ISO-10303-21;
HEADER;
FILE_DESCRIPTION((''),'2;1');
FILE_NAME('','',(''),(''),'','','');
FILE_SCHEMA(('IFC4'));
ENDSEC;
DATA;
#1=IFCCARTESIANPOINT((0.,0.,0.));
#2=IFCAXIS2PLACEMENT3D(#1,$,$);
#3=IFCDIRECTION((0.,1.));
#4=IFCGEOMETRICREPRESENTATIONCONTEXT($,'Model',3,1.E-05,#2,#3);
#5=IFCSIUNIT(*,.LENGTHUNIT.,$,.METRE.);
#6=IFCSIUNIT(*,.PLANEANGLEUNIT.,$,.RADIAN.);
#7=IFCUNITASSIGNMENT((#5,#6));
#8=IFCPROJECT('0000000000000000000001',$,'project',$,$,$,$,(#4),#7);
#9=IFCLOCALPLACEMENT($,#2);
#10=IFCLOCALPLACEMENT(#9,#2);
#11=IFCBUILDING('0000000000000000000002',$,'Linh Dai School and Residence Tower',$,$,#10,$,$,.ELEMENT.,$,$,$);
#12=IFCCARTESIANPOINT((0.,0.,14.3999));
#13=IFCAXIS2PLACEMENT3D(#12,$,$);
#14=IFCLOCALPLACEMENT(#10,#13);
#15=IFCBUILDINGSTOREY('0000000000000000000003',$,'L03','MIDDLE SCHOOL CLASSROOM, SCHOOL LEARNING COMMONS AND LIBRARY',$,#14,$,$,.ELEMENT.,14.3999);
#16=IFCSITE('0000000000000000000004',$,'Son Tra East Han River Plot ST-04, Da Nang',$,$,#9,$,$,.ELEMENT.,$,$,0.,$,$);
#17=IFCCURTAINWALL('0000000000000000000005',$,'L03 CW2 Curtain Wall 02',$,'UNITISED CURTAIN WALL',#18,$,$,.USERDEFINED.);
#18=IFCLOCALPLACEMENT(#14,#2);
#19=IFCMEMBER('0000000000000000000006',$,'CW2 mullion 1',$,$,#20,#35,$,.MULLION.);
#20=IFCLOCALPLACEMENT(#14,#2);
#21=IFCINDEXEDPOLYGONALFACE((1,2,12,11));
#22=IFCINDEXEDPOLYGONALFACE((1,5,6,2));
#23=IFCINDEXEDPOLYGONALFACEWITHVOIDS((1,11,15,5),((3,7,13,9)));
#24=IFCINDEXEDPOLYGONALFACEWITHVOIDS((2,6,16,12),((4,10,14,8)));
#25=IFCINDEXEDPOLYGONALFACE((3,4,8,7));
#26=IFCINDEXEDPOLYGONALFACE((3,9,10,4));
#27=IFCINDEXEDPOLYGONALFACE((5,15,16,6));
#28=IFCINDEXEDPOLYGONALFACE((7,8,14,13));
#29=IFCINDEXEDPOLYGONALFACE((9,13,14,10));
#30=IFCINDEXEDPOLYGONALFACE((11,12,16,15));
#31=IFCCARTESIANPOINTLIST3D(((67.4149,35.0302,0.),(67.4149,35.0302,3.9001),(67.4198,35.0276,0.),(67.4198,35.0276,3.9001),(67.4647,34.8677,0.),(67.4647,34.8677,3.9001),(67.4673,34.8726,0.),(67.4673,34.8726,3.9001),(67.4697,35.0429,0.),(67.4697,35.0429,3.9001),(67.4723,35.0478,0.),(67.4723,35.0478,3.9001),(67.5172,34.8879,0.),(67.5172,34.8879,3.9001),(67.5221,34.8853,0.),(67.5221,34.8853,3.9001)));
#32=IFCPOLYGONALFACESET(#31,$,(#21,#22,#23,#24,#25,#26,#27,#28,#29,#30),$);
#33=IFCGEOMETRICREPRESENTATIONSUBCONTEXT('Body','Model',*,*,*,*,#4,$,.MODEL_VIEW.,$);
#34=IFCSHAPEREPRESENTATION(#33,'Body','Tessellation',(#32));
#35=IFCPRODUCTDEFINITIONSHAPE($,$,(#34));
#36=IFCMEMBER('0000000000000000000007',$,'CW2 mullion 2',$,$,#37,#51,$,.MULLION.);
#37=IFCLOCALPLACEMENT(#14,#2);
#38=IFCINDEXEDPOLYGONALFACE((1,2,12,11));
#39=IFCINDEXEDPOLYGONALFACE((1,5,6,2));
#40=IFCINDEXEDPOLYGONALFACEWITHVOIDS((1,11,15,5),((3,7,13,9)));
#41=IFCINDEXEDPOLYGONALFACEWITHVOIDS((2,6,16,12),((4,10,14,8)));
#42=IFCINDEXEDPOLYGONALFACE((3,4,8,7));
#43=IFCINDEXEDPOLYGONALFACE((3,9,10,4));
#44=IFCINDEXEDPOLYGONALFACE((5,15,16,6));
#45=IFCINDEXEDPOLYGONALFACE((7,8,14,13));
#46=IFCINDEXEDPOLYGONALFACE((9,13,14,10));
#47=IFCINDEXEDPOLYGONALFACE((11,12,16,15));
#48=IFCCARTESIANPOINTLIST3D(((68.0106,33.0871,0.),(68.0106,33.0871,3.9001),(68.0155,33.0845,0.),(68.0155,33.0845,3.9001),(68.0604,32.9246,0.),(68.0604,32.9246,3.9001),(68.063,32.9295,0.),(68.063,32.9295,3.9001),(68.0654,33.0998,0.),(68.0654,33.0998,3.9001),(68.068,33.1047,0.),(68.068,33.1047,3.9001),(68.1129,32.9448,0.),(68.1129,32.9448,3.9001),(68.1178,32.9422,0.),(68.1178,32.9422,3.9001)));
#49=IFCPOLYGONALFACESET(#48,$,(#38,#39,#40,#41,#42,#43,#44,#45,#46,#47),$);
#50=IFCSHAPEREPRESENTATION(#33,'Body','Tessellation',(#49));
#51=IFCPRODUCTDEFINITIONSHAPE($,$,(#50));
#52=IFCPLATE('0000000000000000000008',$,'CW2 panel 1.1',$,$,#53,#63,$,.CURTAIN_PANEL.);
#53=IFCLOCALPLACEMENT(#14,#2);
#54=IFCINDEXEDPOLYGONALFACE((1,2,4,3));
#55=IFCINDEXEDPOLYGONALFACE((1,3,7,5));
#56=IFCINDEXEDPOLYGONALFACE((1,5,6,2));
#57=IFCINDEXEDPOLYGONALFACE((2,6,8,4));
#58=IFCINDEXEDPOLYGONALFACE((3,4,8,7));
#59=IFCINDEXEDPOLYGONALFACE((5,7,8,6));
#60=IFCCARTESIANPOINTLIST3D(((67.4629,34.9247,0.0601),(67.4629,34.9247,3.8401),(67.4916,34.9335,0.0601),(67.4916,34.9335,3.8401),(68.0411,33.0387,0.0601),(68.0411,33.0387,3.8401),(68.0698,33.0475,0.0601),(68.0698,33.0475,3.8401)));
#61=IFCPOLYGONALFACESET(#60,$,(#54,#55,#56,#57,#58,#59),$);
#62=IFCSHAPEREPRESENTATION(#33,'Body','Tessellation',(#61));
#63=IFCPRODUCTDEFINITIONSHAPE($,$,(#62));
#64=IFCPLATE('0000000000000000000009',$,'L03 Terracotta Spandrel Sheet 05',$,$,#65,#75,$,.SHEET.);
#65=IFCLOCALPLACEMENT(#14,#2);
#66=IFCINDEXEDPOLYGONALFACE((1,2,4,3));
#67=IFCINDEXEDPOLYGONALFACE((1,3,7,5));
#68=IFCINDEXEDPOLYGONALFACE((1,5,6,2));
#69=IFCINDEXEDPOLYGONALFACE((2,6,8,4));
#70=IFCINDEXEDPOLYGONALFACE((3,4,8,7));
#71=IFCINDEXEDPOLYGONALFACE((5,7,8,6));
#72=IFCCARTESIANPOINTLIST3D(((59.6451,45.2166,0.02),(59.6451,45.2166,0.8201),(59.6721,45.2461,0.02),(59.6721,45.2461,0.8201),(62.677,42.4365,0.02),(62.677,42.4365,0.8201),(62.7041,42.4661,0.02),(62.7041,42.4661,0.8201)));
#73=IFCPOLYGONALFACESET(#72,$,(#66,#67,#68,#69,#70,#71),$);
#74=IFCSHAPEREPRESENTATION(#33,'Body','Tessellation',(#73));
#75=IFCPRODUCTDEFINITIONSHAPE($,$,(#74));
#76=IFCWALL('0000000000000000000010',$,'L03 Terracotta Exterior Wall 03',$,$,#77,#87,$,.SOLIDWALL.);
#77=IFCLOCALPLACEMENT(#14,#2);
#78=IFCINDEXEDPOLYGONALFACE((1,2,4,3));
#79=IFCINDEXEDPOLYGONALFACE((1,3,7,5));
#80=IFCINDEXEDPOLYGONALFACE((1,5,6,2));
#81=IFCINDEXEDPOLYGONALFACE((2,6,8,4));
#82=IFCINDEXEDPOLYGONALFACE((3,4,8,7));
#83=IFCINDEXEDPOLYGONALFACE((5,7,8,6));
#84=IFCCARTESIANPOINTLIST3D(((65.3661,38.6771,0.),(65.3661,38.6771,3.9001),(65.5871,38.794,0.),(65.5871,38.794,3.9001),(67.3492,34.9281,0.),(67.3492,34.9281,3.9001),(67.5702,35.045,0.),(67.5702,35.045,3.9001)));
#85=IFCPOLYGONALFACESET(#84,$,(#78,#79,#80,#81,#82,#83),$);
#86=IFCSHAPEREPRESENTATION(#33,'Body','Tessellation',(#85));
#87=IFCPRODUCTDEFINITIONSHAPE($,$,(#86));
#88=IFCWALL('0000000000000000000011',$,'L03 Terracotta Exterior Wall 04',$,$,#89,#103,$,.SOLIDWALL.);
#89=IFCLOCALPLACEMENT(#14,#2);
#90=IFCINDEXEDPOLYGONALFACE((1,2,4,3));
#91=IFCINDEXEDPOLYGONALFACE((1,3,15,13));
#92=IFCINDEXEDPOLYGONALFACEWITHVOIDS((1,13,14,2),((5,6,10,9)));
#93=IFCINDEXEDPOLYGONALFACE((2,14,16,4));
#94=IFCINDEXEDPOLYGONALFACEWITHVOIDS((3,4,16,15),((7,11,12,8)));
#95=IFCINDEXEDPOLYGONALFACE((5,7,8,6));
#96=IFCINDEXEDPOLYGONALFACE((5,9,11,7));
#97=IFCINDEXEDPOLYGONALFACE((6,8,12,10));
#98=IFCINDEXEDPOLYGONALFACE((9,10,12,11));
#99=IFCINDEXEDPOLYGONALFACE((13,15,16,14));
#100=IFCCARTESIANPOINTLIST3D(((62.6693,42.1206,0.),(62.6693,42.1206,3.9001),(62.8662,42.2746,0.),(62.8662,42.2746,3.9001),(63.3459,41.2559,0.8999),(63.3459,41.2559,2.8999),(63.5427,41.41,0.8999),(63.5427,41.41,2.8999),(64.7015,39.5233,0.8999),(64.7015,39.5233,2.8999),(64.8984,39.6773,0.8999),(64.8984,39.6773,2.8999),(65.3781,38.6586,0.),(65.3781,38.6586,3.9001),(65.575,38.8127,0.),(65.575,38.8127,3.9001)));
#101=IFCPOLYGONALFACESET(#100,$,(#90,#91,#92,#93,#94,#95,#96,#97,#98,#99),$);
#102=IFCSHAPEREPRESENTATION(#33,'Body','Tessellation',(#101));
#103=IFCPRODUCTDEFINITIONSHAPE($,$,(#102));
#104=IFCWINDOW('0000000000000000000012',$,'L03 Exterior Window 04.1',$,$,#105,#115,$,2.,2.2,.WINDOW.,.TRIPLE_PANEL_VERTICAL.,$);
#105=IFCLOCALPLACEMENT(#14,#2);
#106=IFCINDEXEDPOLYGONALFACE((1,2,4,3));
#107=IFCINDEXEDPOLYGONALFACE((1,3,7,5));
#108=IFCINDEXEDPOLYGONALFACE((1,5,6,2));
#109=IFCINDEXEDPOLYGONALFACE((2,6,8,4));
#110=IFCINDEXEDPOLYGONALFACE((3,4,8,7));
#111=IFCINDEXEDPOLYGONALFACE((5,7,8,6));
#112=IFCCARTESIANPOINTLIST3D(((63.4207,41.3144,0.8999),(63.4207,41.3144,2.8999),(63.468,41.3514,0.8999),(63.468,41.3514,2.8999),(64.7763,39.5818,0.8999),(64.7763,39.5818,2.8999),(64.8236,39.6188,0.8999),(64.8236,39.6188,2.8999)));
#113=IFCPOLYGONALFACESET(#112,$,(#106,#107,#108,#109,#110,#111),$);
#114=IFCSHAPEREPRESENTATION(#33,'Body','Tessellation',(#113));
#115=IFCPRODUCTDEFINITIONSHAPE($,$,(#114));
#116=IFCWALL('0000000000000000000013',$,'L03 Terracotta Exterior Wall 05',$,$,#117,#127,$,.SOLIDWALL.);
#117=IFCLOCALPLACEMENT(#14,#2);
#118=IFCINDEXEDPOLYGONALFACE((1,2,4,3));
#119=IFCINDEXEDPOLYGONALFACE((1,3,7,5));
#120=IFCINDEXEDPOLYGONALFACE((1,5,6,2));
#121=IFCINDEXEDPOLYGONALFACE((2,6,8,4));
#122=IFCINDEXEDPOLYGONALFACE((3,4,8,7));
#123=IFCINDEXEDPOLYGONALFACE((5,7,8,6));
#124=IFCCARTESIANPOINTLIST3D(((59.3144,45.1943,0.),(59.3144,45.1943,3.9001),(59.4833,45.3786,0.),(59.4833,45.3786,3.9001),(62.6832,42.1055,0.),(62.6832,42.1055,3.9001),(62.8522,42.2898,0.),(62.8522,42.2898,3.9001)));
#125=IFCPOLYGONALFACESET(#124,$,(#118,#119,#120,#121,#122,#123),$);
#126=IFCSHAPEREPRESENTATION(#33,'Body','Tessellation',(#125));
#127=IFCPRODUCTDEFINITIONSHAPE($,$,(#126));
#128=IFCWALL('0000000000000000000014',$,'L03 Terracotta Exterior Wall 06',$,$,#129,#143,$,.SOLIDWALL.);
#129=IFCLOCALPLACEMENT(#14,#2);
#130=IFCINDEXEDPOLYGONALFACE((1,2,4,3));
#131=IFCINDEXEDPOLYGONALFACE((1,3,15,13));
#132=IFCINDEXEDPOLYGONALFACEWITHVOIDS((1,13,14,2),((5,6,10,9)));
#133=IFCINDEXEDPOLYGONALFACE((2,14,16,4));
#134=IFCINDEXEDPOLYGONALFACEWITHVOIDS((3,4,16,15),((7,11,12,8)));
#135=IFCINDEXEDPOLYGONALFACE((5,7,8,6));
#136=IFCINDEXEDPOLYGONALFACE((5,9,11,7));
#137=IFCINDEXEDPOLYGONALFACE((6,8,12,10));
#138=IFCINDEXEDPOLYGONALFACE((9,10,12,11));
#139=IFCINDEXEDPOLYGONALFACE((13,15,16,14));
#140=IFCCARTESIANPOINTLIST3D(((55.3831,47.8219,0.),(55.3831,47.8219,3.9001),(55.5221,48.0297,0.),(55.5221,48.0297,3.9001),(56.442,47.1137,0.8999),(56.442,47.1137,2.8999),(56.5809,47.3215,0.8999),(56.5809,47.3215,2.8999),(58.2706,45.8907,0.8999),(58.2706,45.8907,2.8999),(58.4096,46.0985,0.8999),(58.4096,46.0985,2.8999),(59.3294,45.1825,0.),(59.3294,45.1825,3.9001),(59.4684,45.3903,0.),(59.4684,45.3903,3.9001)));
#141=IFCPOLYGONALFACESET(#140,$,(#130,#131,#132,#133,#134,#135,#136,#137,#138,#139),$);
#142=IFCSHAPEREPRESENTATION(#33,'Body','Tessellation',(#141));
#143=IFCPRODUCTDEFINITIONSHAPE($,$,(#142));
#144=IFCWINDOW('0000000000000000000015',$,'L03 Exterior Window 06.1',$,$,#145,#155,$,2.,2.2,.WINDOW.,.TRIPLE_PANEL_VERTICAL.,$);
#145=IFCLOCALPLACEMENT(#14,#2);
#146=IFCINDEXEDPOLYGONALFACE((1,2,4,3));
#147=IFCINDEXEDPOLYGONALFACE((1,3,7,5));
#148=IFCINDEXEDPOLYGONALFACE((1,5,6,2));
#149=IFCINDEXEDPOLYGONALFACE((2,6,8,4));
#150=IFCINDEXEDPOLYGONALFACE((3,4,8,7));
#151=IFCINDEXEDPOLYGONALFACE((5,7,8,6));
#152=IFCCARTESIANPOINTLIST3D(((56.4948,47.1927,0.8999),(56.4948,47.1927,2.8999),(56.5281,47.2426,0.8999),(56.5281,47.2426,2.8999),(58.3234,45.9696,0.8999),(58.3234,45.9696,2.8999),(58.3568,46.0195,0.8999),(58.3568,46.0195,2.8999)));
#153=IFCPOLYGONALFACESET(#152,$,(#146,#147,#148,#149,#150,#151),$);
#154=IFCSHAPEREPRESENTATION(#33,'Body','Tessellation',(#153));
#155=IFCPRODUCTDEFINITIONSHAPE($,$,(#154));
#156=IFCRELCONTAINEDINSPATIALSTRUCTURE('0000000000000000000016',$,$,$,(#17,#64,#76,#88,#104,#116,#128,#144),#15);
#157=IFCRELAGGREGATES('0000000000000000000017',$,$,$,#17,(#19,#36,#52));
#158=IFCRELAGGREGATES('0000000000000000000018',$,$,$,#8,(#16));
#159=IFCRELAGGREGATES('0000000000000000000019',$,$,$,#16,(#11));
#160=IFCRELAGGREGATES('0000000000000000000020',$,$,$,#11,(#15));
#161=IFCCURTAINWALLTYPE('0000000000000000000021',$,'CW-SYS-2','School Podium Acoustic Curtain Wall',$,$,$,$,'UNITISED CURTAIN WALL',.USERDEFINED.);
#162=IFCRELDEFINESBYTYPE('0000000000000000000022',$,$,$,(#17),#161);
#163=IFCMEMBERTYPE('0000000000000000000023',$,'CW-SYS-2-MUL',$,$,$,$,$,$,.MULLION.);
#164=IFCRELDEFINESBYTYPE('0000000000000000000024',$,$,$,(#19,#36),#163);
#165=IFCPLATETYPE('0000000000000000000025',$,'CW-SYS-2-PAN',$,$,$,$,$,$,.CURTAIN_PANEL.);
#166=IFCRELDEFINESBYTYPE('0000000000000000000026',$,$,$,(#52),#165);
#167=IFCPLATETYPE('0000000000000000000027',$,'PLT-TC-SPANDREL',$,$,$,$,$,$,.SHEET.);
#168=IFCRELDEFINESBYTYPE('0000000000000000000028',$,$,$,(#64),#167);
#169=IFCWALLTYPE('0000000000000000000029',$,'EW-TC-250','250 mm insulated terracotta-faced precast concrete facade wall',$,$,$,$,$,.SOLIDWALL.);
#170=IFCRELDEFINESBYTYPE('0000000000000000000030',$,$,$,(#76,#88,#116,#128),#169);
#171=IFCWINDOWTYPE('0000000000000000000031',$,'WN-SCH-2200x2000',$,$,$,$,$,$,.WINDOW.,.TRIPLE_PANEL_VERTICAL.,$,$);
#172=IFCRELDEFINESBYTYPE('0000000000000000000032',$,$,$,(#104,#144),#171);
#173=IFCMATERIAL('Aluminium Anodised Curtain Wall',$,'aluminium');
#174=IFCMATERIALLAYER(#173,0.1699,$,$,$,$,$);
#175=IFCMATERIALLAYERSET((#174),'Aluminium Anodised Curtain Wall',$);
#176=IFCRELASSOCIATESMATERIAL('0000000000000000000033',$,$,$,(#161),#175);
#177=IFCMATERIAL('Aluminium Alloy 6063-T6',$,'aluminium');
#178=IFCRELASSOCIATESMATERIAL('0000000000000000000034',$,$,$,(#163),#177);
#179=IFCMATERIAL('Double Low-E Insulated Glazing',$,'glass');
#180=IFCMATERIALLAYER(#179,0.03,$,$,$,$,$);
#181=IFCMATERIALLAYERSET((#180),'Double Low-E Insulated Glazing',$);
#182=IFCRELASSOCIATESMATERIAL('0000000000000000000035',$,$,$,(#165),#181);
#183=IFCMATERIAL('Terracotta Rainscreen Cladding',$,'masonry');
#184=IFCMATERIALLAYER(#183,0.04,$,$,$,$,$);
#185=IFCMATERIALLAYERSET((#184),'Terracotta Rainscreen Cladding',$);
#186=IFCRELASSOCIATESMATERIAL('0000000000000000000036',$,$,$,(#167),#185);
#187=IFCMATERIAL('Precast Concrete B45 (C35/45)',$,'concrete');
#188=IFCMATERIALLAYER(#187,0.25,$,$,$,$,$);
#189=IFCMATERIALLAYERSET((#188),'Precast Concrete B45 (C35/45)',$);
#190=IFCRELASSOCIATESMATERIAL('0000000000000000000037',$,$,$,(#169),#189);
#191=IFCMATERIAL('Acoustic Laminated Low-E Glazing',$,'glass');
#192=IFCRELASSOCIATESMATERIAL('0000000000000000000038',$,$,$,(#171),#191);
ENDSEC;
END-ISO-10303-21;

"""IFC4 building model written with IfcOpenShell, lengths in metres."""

from ifc_helpers import new_model, si_unit, direction, frame, frame_2d, origin, origin_2d, place, context, subcontext, project, spatial, rectangle, hollow_rectangle, extrude, source, transform, mapped, material, layer, layer_set, material_profile, profile_set, type_object, element, fill, aggregate, save


model = new_model("IFC4")

# Units and contexts
model_context = context("Model", 3, precision=1e-05, world=origin(), true_north=direction((0.0, 1.0)))
body_context = subcontext(model_context, "Body", "Model", "MODEL_VIEW")
ifc_project = project(units=[si_unit("LENGTHUNIT", "METRE"), si_unit("PLANEANGLEUNIT", "RADIAN")], contexts=[model_context])

# Site, building, storey
site_placement = place(None, origin())
site = spatial("IfcSite", under=ifc_project, at=site_placement, Name="Son Tra East Han River Plot ST-04, Da Nang", CompositionType="ELEMENT", RefElevation=0.0)
building_placement = place(site_placement, origin())
building = spatial("IfcBuilding", under=site, at=building_placement, Name="Linh Dai School and Residence Tower", CompositionType="ELEMENT")
storey_placement = place(building_placement, frame((0.0, 0.0, 14.3999)))
storey = spatial("IfcBuildingStorey", under=building, at=storey_placement, Name="L03", Description="MIDDLE SCHOOL CLASSROOM, SCHOOL LEARNING COMMONS AND LIBRARY", CompositionType="ELEMENT", Elevation=14.3999)

# Curtain wall, members, plate
ifc_material_1 = material(Name="Aluminium Anodised Curtain Wall", Category="aluminium")
ifc_layer_1 = layer(ifc_material_1, 0.1699)
ifc_layer_set_1 = layer_set([ifc_layer_1], Name="Aluminium Anodised Curtain Wall")
curtain_wall_type = type_object("IfcCurtainWallType", Name="CW-SYS-2", Description="School Podium Acoustic Curtain Wall", ElementType="UNITISED CURTAIN WALL", PredefinedType="USERDEFINED", material=ifc_layer_set_1)
curtain_wall_placement = place(storey_placement, origin())
curtain_wall = element("IfcCurtainWall", 1, at=curtain_wall_placement, inside=storey, type_object=curtain_wall_type, Name="L03 CW2 Curtain Wall 02", ObjectType="UNITISED CURTAIN WALL", PredefinedType="USERDEFINED")
ifc_material_2 = material(Name="Aluminium Alloy 6063-T6", Category="aluminium")
ifc_material_profile_1 = material_profile(ifc_material_2, hollow_rectangle(XDim=0.0601, YDim=0.1699, WallThickness=0.0039, at=origin_2d()), Name="RHS 170x60x4")
ifc_profile_set_1 = profile_set([ifc_material_profile_1], Name="Aluminium Alloy 6063-T6")
member_type_1 = type_object("IfcMemberType", Name="CW-SYS-2-MUL", PredefinedType="MULLION", material=ifc_profile_set_1)
shared_shape_1 = source(origin(), body_context, "Body", "SweptSolid", [
    extrude(hollow_rectangle(XDim=0.0601, YDim=0.1699, WallThickness=0.0039, at=origin_2d()), origin(), (0.0, 0.0, 1.0), 3.9001),
])
member_1_placement = place(storey_placement, frame((67.4685, 34.9578, 0.0), z_axis=(0.0, 0.0, 1.0), x_axis=(0.956081, 0.293104, 0.0)))
member_1 = element("IfcMember", 2, at=member_1_placement, type_object=member_type_1, Name="CW2 mullion 1", PredefinedType="MULLION", context=body_context, shape_type="MappedRepresentation", body=[
    mapped(shared_shape_1, transform((0.0, 0.0, 0.0), x_axis=(1.0, 0.0, 0.0), y_axis=(0.0, 1.0, 0.0), z_axis=(0.0, 0.0, 1.0), scale=1.0)),
])
member_2_placement = place(storey_placement, frame((68.0642, 33.0146, 0.0), z_axis=(0.0, 0.0, 1.0), x_axis=(0.956081, 0.293104, 0.0)))
member_2 = element("IfcMember", 3, at=member_2_placement, type_object=member_type_1, Name="CW2 mullion 2", PredefinedType="MULLION", context=body_context, shape_type="MappedRepresentation", body=[
    mapped(shared_shape_1, transform((0.0, 0.0, 0.0), x_axis=(1.0, 0.0, 0.0), y_axis=(0.0, 1.0, 0.0), z_axis=(0.0, 0.0, 1.0), scale=1.0)),
])
ifc_material_3 = material(Name="Double Low-E Insulated Glazing", Category="glass")
ifc_layer_2 = layer(ifc_material_3, 0.03)
ifc_layer_set_2 = layer_set([ifc_layer_2], Name="Double Low-E Insulated Glazing")
plate_type_1 = type_object("IfcPlateType", Name="CW-SYS-2-PAN", PredefinedType="CURTAIN_PANEL", material=ifc_layer_set_2)
shared_shape_2 = source(origin(), body_context, "Body", "SweptSolid", [
    extrude(rectangle(XDim=1.9727, YDim=0.03, at=origin_2d()), origin(), (0.0, 0.0, 1.0), 3.78),
])
plate_1_placement = place(storey_placement, frame((67.7664, 33.9861, 0.0601), z_axis=(0.0, 0.0, 1.0), x_axis=(0.293104, -0.956081, 0.0)))
plate_1 = element("IfcPlate", 4, at=plate_1_placement, type_object=plate_type_1, Name="CW2 panel 1.1", PredefinedType="CURTAIN_PANEL", context=body_context, shape_type="MappedRepresentation", body=[
    mapped(shared_shape_2, transform((0.0, 0.0, 0.0), x_axis=(1.0, 0.0, 0.0), y_axis=(0.0, 1.0, 0.0), z_axis=(0.0, 0.0, 1.0), scale=1.0)),
])
aggregate(curtain_wall, [member_1, member_2, plate_1])

# Plate
ifc_material_4 = material(Name="Terracotta Rainscreen Cladding", Category="masonry")
ifc_layer_3 = layer(ifc_material_4, 0.04)
ifc_layer_set_3 = layer_set([ifc_layer_3], Name="Terracotta Rainscreen Cladding")
plate_type_2 = type_object("IfcPlateType", Name="PLT-TC-SPANDREL", PredefinedType="SHEET", material=ifc_layer_set_3)
shared_shape_3 = source(origin(), body_context, "Body", "SweptSolid", [
    extrude(rectangle(XDim=4.1135, YDim=0.04, at=origin_2d()), origin(), (0.0, 0.0, 1.0), 0.8),
])
plate_2_placement = place(storey_placement, frame((61.1746, 43.8413, 0.02), z_axis=(0.0, 0.0, 1.0), x_axis=(0.737063, -0.675824, 0.0)))
element("IfcPlate", 5, at=plate_2_placement, inside=storey, type_object=plate_type_2, Name="L03 Terracotta Spandrel Sheet 05", PredefinedType="SHEET", context=body_context, shape_type="MappedRepresentation", body=[
    mapped(shared_shape_3, transform((0.0, 0.0, 0.0), x_axis=(1.0, 0.0, 0.0), y_axis=(0.0, 1.0, 0.0), z_axis=(0.0, 0.0, 1.0), scale=1.0)),
])

# Wall
ifc_material_5 = material(Name="Precast Concrete B45 (C35/45)", Category="concrete")
ifc_layer_4 = layer(ifc_material_5, 0.25)
ifc_layer_set_4 = layer_set([ifc_layer_4], Name="Precast Concrete B45 (C35/45)")
wall_type_1 = type_object("IfcWallType", Name="EW-TC-250", Description="250 mm insulated terracotta-faced precast concrete facade wall", PredefinedType="SOLIDWALL", material=ifc_layer_set_4)
wall_1_placement = place(storey_placement, frame((65.4766, 38.7356, 0.0), z_axis=(0.0, 0.0, 1.0), x_axis=(0.467589, -0.883946, 0.0)))
element("IfcWall", 6, at=wall_1_placement, inside=storey, type_object=wall_type_1, Name="L03 Terracotta Exterior Wall 03", PredefinedType="SOLIDWALL", context=body_context, shape_type="SweptSolid", body=[
    extrude(rectangle(XDim=4.2412, YDim=0.25, at=frame_2d((2.1206, 0.0))), origin(), (0.0, 0.0, 1.0), 3.9001),
])

# Wall, opening, window
wall_2_placement = place(storey_placement, frame((62.7678, 42.1975, 0.0), z_axis=(0.0, 0.0, 1.0), x_axis=(0.616226, -0.787569, 0.0)))
wall_2 = element("IfcWall", 7, at=wall_2_placement, inside=storey, type_object=wall_type_1, Name="L03 Terracotta Exterior Wall 04", PredefinedType="SOLIDWALL", context=body_context, shape_type="SweptSolid", body=[
    extrude(rectangle(XDim=4.3958, YDim=0.25, at=frame_2d((2.1978, 0.0))), origin(), (0.0, 0.0, 1.0), 3.9001),
])
opening_1_placement = place(wall_2_placement, frame((1.0977, 0.0, 0.8999)))
opening_1 = element("IfcOpeningElement", 8, at=opening_1_placement, cuts=wall_2, PredefinedType="OPENING", context=body_context, shape_type="SweptSolid", body=[
    extrude(rectangle(XDim=2.2, YDim=2.0, at=origin_2d()), frame((1.1001, 0.135, 1.0), z_axis=(0.0, -1.0, 0.0), x_axis=(1.0, 0.0, 0.0)), (0.0, 0.0, 1.0), 0.27),
])
ifc_material_6 = material(Name="Acoustic Laminated Low-E Glazing", Category="glass")
window_type_1 = type_object("IfcWindowType", Name="WN-SCH-2200x2000", PartitioningType="TRIPLE_PANEL_VERTICAL", PredefinedType="WINDOW", material=ifc_material_6)
shared_shape_4 = source(origin(), body_context, "Body", "SweptSolid", [
    extrude(rectangle(XDim=2.2, YDim=2.0, at=origin_2d()), frame((1.1001, 0.03, 1.0), z_axis=(0.0, -1.0, 0.0), x_axis=(1.0, 0.0, 0.0)), (0.0, 0.0, 1.0), 0.0601),
])
window_1_placement = place(opening_1_placement, origin())
window_1 = element("IfcWindow", 9, at=window_1_placement, inside=storey, type_object=window_type_1, Name="L03 Exterior Window 04.1", OverallHeight=2.0, OverallWidth=2.2, PartitioningType="TRIPLE_PANEL_VERTICAL", PredefinedType="WINDOW", context=body_context, shape_type="MappedRepresentation", body=[
    mapped(shared_shape_4, transform((0.0, 0.0, 0.0), x_axis=(1.0, 0.0, 0.0), y_axis=(0.0, 1.0, 0.0), z_axis=(0.0, 0.0, 1.0), scale=1.0)),
])
fill(opening_1, window_1)

# Wall
wall_3_placement = place(storey_placement, frame((59.3989, 45.2864, 0.0), z_axis=(0.0, 0.0, 1.0), x_axis=(0.737077, -0.675809, 0.0)))
element("IfcWall", 10, at=wall_3_placement, inside=storey, type_object=wall_type_1, Name="L03 Terracotta Exterior Wall 05", PredefinedType="SOLIDWALL", context=body_context, shape_type="SweptSolid", body=[
    extrude(rectangle(XDim=4.5706, YDim=0.25, at=frame_2d((2.2852, 0.0))), origin(), (0.0, 0.0, 1.0), 3.9001),
])

# Wall, opening, window
wall_4_placement = place(storey_placement, frame((55.4526, 47.9258, 0.0), z_axis=(0.0, 0.0, 1.0), x_axis=(0.831219, -0.555946, 0.0)))
wall_4 = element("IfcWall", 11, at=wall_4_placement, inside=storey, type_object=wall_type_1, Name="L03 Terracotta Exterior Wall 06", PredefinedType="SOLIDWALL", context=body_context, shape_type="SweptSolid", body=[
    extrude(rectangle(XDim=4.7476, YDim=0.25, at=frame_2d((2.3738, 0.0))), origin(), (0.0, 0.0, 1.0), 3.9001),
])
opening_2_placement = place(wall_4_placement, frame((1.2737, 0.0, 0.8999)))
opening_2 = element("IfcOpeningElement", 12, at=opening_2_placement, cuts=wall_4, PredefinedType="OPENING", context=body_context, shape_type="SweptSolid", body=[
    extrude(rectangle(XDim=2.2, YDim=2.0, at=origin_2d()), frame((1.1001, 0.135, 1.0), z_axis=(0.0, -1.0, 0.0), x_axis=(1.0, 0.0, 0.0)), (0.0, 0.0, 1.0), 0.27),
])
window_2_placement = place(opening_2_placement, origin())
window_2 = element("IfcWindow", 13, at=window_2_placement, inside=storey, type_object=window_type_1, Name="L03 Exterior Window 06.1", OverallHeight=2.0, OverallWidth=2.2, PartitioningType="TRIPLE_PANEL_VERTICAL", PredefinedType="WINDOW", context=body_context, shape_type="MappedRepresentation", body=[
    mapped(shared_shape_4, transform((0.0, 0.0, 0.0), x_axis=(1.0, 0.0, 0.0), y_axis=(0.0, 1.0, 0.0), z_axis=(0.0, 0.0, 1.0), scale=1.0)),
])
fill(opening_2, window_2)

save(model, "model.ifc")
